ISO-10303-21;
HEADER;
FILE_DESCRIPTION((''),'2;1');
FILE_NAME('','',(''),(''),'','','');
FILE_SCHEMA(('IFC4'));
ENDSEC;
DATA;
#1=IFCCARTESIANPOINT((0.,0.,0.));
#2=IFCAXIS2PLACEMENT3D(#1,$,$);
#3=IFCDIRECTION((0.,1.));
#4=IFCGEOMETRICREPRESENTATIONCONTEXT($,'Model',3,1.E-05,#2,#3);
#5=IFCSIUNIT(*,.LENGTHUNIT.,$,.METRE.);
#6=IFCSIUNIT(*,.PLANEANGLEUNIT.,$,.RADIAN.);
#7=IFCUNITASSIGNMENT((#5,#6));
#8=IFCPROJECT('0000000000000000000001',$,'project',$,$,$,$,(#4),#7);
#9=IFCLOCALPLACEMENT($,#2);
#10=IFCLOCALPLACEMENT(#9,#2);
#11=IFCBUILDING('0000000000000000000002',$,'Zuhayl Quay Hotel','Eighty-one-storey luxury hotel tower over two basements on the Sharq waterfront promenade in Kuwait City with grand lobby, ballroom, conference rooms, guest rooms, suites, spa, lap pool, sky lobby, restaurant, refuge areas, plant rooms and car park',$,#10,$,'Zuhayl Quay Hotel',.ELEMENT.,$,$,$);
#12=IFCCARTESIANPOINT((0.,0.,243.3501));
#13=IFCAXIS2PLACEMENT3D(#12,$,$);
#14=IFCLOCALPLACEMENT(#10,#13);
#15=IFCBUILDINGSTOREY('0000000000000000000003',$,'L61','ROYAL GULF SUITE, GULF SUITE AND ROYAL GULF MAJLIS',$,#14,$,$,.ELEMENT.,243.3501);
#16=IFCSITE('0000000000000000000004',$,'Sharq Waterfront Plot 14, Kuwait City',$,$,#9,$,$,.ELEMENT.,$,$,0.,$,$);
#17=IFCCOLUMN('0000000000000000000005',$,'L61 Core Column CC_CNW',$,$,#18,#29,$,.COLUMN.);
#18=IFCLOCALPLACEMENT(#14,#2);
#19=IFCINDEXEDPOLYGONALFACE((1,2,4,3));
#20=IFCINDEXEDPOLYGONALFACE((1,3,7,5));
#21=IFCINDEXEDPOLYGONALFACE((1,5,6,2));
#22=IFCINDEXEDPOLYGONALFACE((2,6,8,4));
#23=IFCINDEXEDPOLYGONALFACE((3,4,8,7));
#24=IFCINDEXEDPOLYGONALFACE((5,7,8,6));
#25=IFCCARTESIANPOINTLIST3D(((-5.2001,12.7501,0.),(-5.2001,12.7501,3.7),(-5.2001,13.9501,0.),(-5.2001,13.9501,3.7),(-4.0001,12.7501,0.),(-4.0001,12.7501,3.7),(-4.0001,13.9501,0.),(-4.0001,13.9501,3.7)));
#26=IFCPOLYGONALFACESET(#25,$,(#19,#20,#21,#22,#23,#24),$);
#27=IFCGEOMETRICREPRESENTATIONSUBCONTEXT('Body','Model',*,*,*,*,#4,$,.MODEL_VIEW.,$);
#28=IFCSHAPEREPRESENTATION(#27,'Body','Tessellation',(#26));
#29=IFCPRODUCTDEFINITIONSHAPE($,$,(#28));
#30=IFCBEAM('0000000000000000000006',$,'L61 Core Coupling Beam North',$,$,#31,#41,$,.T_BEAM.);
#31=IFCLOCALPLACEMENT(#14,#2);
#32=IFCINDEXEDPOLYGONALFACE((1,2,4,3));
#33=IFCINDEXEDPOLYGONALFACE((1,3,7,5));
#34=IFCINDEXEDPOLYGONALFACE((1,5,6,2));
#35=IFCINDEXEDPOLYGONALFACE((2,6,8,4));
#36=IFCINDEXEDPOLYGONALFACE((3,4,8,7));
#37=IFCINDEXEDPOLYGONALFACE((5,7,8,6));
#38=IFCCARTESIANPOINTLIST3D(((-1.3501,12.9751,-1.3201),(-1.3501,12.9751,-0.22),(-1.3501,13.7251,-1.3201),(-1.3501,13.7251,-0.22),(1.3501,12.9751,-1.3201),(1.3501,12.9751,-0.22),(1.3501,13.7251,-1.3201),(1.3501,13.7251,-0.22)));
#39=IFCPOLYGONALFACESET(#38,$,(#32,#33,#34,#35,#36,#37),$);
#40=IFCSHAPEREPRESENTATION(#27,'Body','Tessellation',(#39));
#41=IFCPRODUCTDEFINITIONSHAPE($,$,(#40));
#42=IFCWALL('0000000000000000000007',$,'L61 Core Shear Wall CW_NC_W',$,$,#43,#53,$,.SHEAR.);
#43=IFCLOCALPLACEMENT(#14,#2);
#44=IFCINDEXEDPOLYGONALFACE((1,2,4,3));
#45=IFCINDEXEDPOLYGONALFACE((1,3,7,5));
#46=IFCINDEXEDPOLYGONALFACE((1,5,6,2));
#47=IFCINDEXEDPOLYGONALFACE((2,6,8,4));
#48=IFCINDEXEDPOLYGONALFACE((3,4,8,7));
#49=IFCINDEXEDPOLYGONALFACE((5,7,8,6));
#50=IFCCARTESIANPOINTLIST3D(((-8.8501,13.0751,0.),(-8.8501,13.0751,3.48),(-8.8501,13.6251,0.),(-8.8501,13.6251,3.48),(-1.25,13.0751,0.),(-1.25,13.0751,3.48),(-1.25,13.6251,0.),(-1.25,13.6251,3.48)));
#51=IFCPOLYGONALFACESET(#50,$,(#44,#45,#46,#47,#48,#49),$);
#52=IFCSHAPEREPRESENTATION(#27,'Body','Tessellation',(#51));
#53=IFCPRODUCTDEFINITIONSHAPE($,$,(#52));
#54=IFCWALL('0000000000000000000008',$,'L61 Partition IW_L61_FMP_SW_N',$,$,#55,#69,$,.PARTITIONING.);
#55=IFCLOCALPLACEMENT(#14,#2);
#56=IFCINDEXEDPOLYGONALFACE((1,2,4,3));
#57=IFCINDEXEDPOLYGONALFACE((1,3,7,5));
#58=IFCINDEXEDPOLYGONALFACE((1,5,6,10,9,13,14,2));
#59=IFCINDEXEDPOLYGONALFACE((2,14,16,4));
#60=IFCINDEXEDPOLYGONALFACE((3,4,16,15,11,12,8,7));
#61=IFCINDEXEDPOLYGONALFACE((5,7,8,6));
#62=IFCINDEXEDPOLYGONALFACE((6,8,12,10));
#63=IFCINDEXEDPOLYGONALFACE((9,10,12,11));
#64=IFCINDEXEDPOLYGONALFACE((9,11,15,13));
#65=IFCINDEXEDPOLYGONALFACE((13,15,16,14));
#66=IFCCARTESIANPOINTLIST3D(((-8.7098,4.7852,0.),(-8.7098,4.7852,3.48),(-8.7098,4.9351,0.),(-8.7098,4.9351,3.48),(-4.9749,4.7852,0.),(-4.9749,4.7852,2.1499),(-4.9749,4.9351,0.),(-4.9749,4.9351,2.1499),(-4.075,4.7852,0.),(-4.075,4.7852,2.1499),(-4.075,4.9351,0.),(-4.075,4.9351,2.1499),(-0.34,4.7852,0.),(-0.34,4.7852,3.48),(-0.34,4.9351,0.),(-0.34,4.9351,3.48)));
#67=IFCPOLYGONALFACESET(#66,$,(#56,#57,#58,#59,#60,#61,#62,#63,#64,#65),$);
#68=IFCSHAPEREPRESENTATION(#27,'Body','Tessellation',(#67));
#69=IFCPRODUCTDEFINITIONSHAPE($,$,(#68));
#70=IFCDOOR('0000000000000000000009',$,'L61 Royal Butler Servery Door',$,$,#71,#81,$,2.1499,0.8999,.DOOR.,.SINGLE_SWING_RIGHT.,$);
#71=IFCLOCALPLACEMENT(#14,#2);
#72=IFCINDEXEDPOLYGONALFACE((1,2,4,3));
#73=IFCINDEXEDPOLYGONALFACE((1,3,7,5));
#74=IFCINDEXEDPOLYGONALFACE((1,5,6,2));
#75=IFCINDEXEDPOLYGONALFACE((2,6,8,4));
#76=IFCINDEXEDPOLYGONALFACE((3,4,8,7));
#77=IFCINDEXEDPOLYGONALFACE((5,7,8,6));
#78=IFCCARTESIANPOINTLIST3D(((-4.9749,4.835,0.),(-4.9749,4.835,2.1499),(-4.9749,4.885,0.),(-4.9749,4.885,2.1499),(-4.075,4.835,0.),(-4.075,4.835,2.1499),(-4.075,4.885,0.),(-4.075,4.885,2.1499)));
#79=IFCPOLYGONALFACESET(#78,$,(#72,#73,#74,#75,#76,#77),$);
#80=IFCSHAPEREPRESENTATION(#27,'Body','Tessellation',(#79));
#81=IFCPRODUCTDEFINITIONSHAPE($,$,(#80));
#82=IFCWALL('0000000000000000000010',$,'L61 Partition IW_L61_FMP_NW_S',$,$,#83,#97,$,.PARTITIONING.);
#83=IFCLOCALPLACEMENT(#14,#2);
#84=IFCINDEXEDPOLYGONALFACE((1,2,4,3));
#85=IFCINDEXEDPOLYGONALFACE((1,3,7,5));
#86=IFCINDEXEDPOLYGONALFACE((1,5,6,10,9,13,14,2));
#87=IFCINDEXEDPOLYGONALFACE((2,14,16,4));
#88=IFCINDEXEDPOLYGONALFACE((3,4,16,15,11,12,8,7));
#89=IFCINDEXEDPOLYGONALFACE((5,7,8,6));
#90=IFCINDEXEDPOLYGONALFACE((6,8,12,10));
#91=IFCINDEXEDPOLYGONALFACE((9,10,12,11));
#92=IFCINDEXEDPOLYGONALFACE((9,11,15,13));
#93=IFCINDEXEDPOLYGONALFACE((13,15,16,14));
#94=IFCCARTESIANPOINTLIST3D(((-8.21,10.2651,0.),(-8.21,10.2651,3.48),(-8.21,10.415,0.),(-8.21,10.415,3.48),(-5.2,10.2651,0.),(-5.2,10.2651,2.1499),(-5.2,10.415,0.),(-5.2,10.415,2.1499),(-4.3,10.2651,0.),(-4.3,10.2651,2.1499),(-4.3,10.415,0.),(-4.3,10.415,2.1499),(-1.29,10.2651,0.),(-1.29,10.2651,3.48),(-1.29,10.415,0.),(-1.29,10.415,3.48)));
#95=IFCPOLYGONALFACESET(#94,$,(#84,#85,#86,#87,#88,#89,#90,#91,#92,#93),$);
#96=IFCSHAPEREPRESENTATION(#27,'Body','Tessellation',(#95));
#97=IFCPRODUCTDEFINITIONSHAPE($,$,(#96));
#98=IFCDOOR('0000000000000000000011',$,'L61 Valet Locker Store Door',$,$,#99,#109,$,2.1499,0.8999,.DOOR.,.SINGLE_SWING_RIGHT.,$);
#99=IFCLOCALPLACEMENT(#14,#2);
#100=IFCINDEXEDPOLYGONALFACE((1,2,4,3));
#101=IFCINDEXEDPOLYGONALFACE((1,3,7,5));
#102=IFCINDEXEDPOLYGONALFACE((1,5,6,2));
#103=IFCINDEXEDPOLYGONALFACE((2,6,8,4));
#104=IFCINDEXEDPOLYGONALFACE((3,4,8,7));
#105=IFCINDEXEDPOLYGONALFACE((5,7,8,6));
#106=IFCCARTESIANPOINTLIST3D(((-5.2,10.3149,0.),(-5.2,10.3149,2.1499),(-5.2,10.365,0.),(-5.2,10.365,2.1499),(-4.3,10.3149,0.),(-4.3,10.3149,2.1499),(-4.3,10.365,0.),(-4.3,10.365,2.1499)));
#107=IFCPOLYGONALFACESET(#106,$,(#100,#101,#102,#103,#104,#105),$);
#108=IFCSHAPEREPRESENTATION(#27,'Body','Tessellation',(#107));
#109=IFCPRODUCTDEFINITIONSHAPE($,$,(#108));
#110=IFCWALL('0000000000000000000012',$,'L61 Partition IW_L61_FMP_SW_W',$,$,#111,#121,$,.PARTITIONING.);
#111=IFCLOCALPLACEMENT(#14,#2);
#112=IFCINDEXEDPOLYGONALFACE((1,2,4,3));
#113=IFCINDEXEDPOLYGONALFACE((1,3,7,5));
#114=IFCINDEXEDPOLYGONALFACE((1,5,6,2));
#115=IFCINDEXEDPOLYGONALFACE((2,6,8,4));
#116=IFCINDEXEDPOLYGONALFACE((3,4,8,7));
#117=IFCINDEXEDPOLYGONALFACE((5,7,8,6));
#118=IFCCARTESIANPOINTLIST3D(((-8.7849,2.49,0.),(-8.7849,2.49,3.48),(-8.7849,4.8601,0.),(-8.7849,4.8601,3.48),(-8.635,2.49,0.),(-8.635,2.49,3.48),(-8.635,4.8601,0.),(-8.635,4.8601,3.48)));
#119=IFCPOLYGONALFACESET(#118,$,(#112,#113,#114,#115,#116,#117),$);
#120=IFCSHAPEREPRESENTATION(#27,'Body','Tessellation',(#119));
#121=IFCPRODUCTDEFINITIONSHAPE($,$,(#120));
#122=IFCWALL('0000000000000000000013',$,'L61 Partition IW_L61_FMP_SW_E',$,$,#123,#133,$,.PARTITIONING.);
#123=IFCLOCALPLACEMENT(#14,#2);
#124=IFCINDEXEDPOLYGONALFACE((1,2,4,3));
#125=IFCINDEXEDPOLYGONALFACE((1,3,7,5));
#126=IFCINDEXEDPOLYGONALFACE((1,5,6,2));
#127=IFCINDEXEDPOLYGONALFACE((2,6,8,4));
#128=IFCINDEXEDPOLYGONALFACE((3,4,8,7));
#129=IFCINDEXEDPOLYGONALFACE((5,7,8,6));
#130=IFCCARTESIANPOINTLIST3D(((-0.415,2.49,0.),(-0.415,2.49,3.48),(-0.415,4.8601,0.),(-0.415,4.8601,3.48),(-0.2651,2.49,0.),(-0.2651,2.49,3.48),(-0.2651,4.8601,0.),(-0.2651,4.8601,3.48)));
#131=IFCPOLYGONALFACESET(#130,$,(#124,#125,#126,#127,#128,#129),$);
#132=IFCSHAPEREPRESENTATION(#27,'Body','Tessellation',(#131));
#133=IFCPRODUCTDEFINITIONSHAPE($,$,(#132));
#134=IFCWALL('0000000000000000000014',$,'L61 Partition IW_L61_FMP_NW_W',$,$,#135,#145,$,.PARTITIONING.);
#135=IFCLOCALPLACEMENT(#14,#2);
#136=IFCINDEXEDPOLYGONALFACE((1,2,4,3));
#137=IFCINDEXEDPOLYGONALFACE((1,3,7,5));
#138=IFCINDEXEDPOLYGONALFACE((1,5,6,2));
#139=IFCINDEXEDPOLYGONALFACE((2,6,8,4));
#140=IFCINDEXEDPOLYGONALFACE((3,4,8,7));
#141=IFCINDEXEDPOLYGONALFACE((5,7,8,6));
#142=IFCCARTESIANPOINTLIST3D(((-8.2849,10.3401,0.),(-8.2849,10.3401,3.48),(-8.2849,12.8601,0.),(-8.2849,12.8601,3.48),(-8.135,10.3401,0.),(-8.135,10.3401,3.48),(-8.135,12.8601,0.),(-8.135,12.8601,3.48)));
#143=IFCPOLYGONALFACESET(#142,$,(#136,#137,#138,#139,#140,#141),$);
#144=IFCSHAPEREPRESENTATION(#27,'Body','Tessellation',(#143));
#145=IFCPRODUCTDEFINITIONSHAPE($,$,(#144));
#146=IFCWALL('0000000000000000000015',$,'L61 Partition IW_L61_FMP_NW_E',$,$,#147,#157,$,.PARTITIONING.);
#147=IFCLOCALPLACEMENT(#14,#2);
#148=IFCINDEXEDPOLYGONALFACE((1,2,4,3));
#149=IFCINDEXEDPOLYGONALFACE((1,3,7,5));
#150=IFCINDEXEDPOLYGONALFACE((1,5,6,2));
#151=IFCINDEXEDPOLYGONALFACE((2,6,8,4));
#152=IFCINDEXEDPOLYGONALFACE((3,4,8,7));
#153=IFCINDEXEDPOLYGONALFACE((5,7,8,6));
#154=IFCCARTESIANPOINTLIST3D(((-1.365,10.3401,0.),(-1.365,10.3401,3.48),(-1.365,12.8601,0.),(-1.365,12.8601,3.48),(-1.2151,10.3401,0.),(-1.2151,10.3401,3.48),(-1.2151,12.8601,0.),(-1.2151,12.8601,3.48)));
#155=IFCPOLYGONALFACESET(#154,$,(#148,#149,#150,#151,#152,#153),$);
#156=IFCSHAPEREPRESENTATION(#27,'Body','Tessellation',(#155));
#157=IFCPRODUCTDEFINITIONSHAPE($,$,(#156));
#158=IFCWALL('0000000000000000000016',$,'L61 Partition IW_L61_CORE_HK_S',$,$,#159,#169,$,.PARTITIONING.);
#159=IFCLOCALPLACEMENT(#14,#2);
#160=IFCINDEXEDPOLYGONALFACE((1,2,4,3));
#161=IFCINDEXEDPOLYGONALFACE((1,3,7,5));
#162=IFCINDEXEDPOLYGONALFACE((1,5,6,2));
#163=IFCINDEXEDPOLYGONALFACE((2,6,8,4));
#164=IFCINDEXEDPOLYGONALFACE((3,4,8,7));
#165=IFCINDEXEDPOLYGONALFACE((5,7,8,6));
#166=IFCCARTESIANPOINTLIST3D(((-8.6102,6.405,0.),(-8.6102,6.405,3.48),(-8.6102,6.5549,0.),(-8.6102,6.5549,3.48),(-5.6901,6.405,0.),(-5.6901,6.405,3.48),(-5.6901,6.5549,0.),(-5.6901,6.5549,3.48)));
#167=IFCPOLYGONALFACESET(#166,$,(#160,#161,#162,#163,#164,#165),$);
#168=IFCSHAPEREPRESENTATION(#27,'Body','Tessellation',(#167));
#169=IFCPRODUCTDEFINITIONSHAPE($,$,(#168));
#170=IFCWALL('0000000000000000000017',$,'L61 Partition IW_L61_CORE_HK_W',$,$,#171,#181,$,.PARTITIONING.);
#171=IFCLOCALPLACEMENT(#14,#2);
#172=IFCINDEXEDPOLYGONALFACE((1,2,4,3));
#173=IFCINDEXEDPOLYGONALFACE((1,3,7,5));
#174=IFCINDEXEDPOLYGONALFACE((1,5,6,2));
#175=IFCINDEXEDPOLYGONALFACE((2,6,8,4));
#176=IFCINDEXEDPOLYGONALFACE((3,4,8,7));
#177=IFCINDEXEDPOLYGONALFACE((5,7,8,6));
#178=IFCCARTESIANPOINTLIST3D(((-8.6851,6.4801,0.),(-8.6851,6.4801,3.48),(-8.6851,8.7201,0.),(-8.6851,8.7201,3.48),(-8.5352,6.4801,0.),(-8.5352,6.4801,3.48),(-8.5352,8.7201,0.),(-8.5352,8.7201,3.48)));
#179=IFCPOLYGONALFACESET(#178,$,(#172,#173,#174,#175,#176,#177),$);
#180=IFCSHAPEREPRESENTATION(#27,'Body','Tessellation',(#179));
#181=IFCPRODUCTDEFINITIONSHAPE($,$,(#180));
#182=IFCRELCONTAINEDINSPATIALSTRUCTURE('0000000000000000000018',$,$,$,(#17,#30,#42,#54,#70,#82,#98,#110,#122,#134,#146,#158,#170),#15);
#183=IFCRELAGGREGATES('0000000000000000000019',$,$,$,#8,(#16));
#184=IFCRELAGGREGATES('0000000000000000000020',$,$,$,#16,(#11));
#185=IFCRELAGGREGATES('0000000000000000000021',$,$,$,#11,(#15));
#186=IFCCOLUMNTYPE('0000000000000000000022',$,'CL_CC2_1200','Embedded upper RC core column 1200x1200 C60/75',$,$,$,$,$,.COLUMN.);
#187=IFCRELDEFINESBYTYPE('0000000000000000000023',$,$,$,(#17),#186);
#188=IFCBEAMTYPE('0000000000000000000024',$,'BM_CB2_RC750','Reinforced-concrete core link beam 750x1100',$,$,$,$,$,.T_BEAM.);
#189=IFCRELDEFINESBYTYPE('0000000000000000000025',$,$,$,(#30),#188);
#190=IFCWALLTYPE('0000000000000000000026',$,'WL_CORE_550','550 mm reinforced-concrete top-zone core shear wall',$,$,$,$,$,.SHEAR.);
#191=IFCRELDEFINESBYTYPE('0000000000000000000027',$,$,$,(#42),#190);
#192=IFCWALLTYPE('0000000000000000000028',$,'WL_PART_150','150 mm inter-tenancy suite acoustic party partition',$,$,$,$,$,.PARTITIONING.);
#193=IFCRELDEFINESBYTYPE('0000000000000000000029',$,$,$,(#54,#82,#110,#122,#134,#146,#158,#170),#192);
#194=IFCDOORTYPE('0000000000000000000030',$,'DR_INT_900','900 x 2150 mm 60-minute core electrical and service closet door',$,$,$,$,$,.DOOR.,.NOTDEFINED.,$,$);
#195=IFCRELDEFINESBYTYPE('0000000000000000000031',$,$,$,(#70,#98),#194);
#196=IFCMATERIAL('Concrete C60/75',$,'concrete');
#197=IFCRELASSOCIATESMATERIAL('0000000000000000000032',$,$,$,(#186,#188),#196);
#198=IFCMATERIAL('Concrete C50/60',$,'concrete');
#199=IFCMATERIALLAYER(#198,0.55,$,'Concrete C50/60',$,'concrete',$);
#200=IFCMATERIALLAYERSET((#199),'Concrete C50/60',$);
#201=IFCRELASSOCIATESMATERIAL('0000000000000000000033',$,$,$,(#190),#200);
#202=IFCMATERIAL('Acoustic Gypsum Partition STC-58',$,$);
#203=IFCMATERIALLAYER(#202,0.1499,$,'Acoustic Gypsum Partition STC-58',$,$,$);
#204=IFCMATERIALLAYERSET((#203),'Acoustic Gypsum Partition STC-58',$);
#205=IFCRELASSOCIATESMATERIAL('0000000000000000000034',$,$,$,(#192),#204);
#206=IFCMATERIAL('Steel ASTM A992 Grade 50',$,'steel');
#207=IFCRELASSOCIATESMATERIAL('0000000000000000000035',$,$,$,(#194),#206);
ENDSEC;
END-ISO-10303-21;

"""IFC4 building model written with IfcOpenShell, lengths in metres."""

from ifc_helpers import new_model, si_unit, direction, frame, frame_2d, origin, origin_2d, place, context, subcontext, project, spatial, rectangle, extrude, material, layer, layer_set, material_profile, profile_set, type_object, element, fill, save


model = new_model("IFC4")

# Units and contexts
model_context = context("Model", 3, precision=1e-05, world=origin(), true_north=direction((0.0, 1.0)))
body_context = subcontext(model_context, "Body", "Model", "MODEL_VIEW")
ifc_project = project(units=[si_unit("LENGTHUNIT", "METRE"), si_unit("PLANEANGLEUNIT", "RADIAN")], contexts=[model_context])

# Site, building, storey
site_placement = place(None, origin())
site = spatial("IfcSite", under=ifc_project, at=site_placement, Name="Sharq Waterfront Plot 14, Kuwait City", CompositionType="ELEMENT", RefElevation=0.0)
building_placement = place(site_placement, origin())
building = spatial("IfcBuilding", under=site, at=building_placement, Name="Zuhayl Quay Hotel", Description="Eighty-one-storey luxury hotel tower over two basements on the Sharq waterfront promenade in Kuwait City with grand lobby, ballroom, conference rooms, guest rooms, suites, spa, lap pool, sky lobby, restaurant, refuge areas, plant rooms and car park", LongName="Zuhayl Quay Hotel", CompositionType="ELEMENT")
storey_placement = place(building_placement, frame((0.0, 0.0, 243.3501)))
storey = spatial("IfcBuildingStorey", under=building, at=storey_placement, Name="L61", Description="ROYAL GULF SUITE, GULF SUITE AND ROYAL GULF MAJLIS", CompositionType="ELEMENT", Elevation=243.3501)

# Column
ifc_material_1 = material(Name="Concrete C60/75", Category="concrete")
ifc_material_profile_1 = material_profile(ifc_material_1, rectangle(XDim=1.2, YDim=1.2, at=origin_2d()), Name="RC1200X1200")
ifc_profile_set_1 = profile_set([ifc_material_profile_1], Name="Concrete C60/75")
column_type = type_object("IfcColumnType", Name="CL_CC2_1200", Description="Embedded upper RC core column 1200x1200 C60/75", PredefinedType="COLUMN", material=ifc_profile_set_1)
column_placement = place(storey_placement, frame((-4.6001, 13.3501, 0.0), z_axis=(0.0, 0.0, 1.0), x_axis=(1.0, 0.0, 0.0)))
element("IfcColumn", 1, at=column_placement, inside=storey, type_object=column_type, Name="L61 Core Column CC_CNW", PredefinedType="COLUMN", context=body_context, shape_type="SweptSolid", body=[
    extrude(rectangle(XDim=1.2, YDim=1.2, at=origin_2d()), origin(), (0.0, 0.0, 1.0), 3.7),
])

# Beam
ifc_material_profile_2 = material_profile(ifc_material_1, rectangle(XDim=0.75, YDim=1.1001, at=origin_2d()), Name="RC750X1100")
ifc_profile_set_2 = profile_set([ifc_material_profile_2], Name="Concrete C60/75")
beam_type = type_object("IfcBeamType", Name="BM_CB2_RC750", Description="Reinforced-concrete core link beam 750x1100", PredefinedType="T_BEAM", material=ifc_profile_set_2)
beam_placement = place(storey_placement, frame((-1.3501, 13.3501, -0.77), z_axis=(1.0, 0.0, 0.0), x_axis=(0.0, 1.0, 0.0)))
element("IfcBeam", 2, at=beam_placement, inside=storey, type_object=beam_type, Name="L61 Core Coupling Beam North", PredefinedType="T_BEAM", context=body_context, shape_type="SweptSolid", body=[
    extrude(rectangle(XDim=0.75, YDim=1.1001, at=origin_2d()), origin(), (0.0, 0.0, 1.0), 2.7002),
])

# Wall
ifc_material_2 = material(Name="Concrete C50/60", Category="concrete")
ifc_layer_1 = layer(ifc_material_2, 0.55, Name="Concrete C50/60", Category="concrete")
ifc_layer_set_1 = layer_set([ifc_layer_1], Name="Concrete C50/60")
wall_type_1 = type_object("IfcWallType", Name="WL_CORE_550", Description="550 mm reinforced-concrete top-zone core shear wall", PredefinedType="SHEAR", material=ifc_layer_set_1)
wall_1_placement = place(storey_placement, frame((-8.8501, 13.3501, 0.0), z_axis=(0.0, 0.0, 1.0), x_axis=(1.0, 0.0, 0.0)))
element("IfcWall", 3, at=wall_1_placement, inside=storey, type_object=wall_type_1, Name="L61 Core Shear Wall CW_NC_W", PredefinedType="SHEAR", context=body_context, shape_type="SweptSolid", body=[
    extrude(rectangle(XDim=7.6001, YDim=0.55, at=frame_2d((3.8, 0.0))), origin(), (0.0, 0.0, 1.0), 3.48),
])

# Walls, openings, doors
ifc_material_3 = material(Name="Acoustic Gypsum Partition STC-58")
ifc_layer_2 = layer(ifc_material_3, 0.1499, Name="Acoustic Gypsum Partition STC-58")
ifc_layer_set_2 = layer_set([ifc_layer_2], Name="Acoustic Gypsum Partition STC-58")
wall_type_2 = type_object("IfcWallType", Name="WL_PART_150", Description="150 mm inter-tenancy suite acoustic party partition", PredefinedType="PARTITIONING", material=ifc_layer_set_2)
wall_2_placement = place(storey_placement, frame((-8.71, 4.8601, 0.0), z_axis=(0.0, 0.0, 1.0), x_axis=(1.0, 0.0, 0.0)))
wall_2 = element("IfcWall", 4, at=wall_2_placement, inside=storey, type_object=wall_type_2, Name="L61 Partition IW_L61_FMP_SW_N", PredefinedType="PARTITIONING", context=body_context, shape_type="SweptSolid", body=[
    extrude(rectangle(XDim=8.3699, YDim=0.1499, at=frame_2d((4.1851, 0.0))), origin(), (0.0, 0.0, 1.0), 3.48),
])
opening_1_placement = place(wall_2_placement, frame((3.7351, 0.0, 0.0)))
opening_1 = element("IfcOpeningElement", 5, at=opening_1_placement, cuts=wall_2, PredefinedType="OPENING", context=body_context, shape_type="SweptSolid", body=[
    extrude(rectangle(XDim=0.8999, YDim=2.1499, at=frame_2d((0.45, 1.075))), frame((0.0, 0.085, 0.0), z_axis=(0.0, -1.0, 0.0), x_axis=(1.0, 0.0, 0.0)), (0.0, 0.0, 1.0), 0.1699),
])
ifc_material_4 = material(Name="Steel ASTM A992 Grade 50", Category="steel")
door_type_1 = type_object("IfcDoorType", Name="DR_INT_900", Description="900 x 2150 mm 60-minute core electrical and service closet door", OperationType="NOTDEFINED", PredefinedType="DOOR", material=ifc_material_4)
door_1_placement = place(opening_1_placement, origin())
door_1 = element("IfcDoor", 6, at=door_1_placement, inside=storey, type_object=door_type_1, Name="L61 Royal Butler Servery Door", OperationType="SINGLE_SWING_RIGHT", OverallHeight=2.1499, OverallWidth=0.8999, PredefinedType="DOOR", context=body_context, shape_type="SweptSolid", body=[
    extrude(rectangle(XDim=0.8999, YDim=2.1499, at=frame_2d((0.45, 1.075))), frame((0.0, 0.0249, 0.0), z_axis=(0.0, -1.0, 0.0), x_axis=(1.0, 0.0, 0.0)), (0.0, 0.0, 1.0), 0.05),
])
fill(opening_1, door_1)
wall_3_placement = place(storey_placement, frame((-8.21, 10.3401, 0.0), z_axis=(0.0, 0.0, 1.0), x_axis=(1.0, 0.0, 0.0)))
wall_3 = element("IfcWall", 7, at=wall_3_placement, inside=storey, type_object=wall_type_2, Name="L61 Partition IW_L61_FMP_NW_S", PredefinedType="PARTITIONING", context=body_context, shape_type="SweptSolid", body=[
    extrude(rectangle(XDim=6.9199, YDim=0.1499, at=frame_2d((3.46, 0.0))), origin(), (0.0, 0.0, 1.0), 3.48),
])
opening_2_placement = place(wall_3_placement, frame((3.01, 0.0, 0.0)))
opening_2 = element("IfcOpeningElement", 8, at=opening_2_placement, cuts=wall_3, PredefinedType="OPENING", context=body_context, shape_type="SweptSolid", body=[
    extrude(rectangle(XDim=0.8999, YDim=2.1499, at=frame_2d((0.45, 1.075))), frame((0.0, 0.085, 0.0), z_axis=(0.0, -1.0, 0.0), x_axis=(1.0, 0.0, 0.0)), (0.0, 0.0, 1.0), 0.1699),
])
door_2_placement = place(opening_2_placement, origin())
door_2 = element("IfcDoor", 9, at=door_2_placement, inside=storey, type_object=door_type_1, Name="L61 Valet Locker Store Door", OperationType="SINGLE_SWING_RIGHT", OverallHeight=2.1499, OverallWidth=0.8999, PredefinedType="DOOR", context=body_context, shape_type="SweptSolid", body=[
    extrude(rectangle(XDim=0.8999, YDim=2.1499, at=frame_2d((0.45, 1.075))), frame((0.0, 0.0249, 0.0), z_axis=(0.0, -1.0, 0.0), x_axis=(1.0, 0.0, 0.0)), (0.0, 0.0, 1.0), 0.05),
])
fill(opening_2, door_2)

# Walls
for number, where, z_axis, x_axis, name in (
    (10, (-8.71, 2.49, 0.0), (0.0, 0.0, 1.0), (0.0, 1.0, 0.0), "L61 Partition IW_L61_FMP_SW_W"),
    (11, (-0.3401, 2.49, 0.0), (0.0, 0.0, 1.0), (0.0, 1.0, 0.0), "L61 Partition IW_L61_FMP_SW_E"),
):
    element("IfcWall", number, at=place(storey_placement, frame(where, z_axis=z_axis, x_axis=x_axis)), inside=storey, type_object=wall_type_2, Name=name, PredefinedType="PARTITIONING", context=body_context, shape_type="SweptSolid", body=[
        extrude(rectangle(XDim=2.3701, YDim=0.1499, at=frame_2d((1.1851, 0.0))), origin(), (0.0, 0.0, 1.0), 3.48),
    ])
for number, where, z_axis, x_axis, name in (
    (12, (-8.21, 10.3401, 0.0), (0.0, 0.0, 1.0), (0.0, 1.0, 0.0), "L61 Partition IW_L61_FMP_NW_W"),
    (13, (-1.29, 10.3401, 0.0), (0.0, 0.0, 1.0), (0.0, 1.0, 0.0), "L61 Partition IW_L61_FMP_NW_E"),
):
    element("IfcWall", number, at=place(storey_placement, frame(where, z_axis=z_axis, x_axis=x_axis)), inside=storey, type_object=wall_type_2, Name=name, PredefinedType="PARTITIONING", context=body_context, shape_type="SweptSolid", body=[
        extrude(rectangle(XDim=2.52, YDim=0.1499, at=frame_2d((1.26, 0.0))), origin(), (0.0, 0.0, 1.0), 3.48),
    ])
wall_4_placement = place(storey_placement, frame((-8.6101, 6.48, 0.0), z_axis=(0.0, 0.0, 1.0), x_axis=(1.0, 0.0, 0.0)))
element("IfcWall", 14, at=wall_4_placement, inside=storey, type_object=wall_type_2, Name="L61 Partition IW_L61_CORE_HK_S", PredefinedType="PARTITIONING", context=body_context, shape_type="SweptSolid", body=[
    extrude(rectangle(XDim=2.9202, YDim=0.1499, at=frame_2d((1.46, 0.0))), origin(), (0.0, 0.0, 1.0), 3.48),
])
for number, where, z_axis, x_axis, name in (
    (15, (-8.6101, 6.48, 0.0), (0.0, 0.0, 1.0), (0.0, 1.0, 0.0), "L61 Partition IW_L61_CORE_HK_W"),
):
    element("IfcWall", number, at=place(storey_placement, frame(where, z_axis=z_axis, x_axis=x_axis)), inside=storey, type_object=wall_type_2, Name=name, PredefinedType="PARTITIONING", context=body_context, shape_type="SweptSolid", body=[
        extrude(rectangle(XDim=2.24, YDim=0.1499, at=frame_2d((1.1201, 0.0))), origin(), (0.0, 0.0, 1.0), 3.48),
    ])

save(model, "model.ifc")
